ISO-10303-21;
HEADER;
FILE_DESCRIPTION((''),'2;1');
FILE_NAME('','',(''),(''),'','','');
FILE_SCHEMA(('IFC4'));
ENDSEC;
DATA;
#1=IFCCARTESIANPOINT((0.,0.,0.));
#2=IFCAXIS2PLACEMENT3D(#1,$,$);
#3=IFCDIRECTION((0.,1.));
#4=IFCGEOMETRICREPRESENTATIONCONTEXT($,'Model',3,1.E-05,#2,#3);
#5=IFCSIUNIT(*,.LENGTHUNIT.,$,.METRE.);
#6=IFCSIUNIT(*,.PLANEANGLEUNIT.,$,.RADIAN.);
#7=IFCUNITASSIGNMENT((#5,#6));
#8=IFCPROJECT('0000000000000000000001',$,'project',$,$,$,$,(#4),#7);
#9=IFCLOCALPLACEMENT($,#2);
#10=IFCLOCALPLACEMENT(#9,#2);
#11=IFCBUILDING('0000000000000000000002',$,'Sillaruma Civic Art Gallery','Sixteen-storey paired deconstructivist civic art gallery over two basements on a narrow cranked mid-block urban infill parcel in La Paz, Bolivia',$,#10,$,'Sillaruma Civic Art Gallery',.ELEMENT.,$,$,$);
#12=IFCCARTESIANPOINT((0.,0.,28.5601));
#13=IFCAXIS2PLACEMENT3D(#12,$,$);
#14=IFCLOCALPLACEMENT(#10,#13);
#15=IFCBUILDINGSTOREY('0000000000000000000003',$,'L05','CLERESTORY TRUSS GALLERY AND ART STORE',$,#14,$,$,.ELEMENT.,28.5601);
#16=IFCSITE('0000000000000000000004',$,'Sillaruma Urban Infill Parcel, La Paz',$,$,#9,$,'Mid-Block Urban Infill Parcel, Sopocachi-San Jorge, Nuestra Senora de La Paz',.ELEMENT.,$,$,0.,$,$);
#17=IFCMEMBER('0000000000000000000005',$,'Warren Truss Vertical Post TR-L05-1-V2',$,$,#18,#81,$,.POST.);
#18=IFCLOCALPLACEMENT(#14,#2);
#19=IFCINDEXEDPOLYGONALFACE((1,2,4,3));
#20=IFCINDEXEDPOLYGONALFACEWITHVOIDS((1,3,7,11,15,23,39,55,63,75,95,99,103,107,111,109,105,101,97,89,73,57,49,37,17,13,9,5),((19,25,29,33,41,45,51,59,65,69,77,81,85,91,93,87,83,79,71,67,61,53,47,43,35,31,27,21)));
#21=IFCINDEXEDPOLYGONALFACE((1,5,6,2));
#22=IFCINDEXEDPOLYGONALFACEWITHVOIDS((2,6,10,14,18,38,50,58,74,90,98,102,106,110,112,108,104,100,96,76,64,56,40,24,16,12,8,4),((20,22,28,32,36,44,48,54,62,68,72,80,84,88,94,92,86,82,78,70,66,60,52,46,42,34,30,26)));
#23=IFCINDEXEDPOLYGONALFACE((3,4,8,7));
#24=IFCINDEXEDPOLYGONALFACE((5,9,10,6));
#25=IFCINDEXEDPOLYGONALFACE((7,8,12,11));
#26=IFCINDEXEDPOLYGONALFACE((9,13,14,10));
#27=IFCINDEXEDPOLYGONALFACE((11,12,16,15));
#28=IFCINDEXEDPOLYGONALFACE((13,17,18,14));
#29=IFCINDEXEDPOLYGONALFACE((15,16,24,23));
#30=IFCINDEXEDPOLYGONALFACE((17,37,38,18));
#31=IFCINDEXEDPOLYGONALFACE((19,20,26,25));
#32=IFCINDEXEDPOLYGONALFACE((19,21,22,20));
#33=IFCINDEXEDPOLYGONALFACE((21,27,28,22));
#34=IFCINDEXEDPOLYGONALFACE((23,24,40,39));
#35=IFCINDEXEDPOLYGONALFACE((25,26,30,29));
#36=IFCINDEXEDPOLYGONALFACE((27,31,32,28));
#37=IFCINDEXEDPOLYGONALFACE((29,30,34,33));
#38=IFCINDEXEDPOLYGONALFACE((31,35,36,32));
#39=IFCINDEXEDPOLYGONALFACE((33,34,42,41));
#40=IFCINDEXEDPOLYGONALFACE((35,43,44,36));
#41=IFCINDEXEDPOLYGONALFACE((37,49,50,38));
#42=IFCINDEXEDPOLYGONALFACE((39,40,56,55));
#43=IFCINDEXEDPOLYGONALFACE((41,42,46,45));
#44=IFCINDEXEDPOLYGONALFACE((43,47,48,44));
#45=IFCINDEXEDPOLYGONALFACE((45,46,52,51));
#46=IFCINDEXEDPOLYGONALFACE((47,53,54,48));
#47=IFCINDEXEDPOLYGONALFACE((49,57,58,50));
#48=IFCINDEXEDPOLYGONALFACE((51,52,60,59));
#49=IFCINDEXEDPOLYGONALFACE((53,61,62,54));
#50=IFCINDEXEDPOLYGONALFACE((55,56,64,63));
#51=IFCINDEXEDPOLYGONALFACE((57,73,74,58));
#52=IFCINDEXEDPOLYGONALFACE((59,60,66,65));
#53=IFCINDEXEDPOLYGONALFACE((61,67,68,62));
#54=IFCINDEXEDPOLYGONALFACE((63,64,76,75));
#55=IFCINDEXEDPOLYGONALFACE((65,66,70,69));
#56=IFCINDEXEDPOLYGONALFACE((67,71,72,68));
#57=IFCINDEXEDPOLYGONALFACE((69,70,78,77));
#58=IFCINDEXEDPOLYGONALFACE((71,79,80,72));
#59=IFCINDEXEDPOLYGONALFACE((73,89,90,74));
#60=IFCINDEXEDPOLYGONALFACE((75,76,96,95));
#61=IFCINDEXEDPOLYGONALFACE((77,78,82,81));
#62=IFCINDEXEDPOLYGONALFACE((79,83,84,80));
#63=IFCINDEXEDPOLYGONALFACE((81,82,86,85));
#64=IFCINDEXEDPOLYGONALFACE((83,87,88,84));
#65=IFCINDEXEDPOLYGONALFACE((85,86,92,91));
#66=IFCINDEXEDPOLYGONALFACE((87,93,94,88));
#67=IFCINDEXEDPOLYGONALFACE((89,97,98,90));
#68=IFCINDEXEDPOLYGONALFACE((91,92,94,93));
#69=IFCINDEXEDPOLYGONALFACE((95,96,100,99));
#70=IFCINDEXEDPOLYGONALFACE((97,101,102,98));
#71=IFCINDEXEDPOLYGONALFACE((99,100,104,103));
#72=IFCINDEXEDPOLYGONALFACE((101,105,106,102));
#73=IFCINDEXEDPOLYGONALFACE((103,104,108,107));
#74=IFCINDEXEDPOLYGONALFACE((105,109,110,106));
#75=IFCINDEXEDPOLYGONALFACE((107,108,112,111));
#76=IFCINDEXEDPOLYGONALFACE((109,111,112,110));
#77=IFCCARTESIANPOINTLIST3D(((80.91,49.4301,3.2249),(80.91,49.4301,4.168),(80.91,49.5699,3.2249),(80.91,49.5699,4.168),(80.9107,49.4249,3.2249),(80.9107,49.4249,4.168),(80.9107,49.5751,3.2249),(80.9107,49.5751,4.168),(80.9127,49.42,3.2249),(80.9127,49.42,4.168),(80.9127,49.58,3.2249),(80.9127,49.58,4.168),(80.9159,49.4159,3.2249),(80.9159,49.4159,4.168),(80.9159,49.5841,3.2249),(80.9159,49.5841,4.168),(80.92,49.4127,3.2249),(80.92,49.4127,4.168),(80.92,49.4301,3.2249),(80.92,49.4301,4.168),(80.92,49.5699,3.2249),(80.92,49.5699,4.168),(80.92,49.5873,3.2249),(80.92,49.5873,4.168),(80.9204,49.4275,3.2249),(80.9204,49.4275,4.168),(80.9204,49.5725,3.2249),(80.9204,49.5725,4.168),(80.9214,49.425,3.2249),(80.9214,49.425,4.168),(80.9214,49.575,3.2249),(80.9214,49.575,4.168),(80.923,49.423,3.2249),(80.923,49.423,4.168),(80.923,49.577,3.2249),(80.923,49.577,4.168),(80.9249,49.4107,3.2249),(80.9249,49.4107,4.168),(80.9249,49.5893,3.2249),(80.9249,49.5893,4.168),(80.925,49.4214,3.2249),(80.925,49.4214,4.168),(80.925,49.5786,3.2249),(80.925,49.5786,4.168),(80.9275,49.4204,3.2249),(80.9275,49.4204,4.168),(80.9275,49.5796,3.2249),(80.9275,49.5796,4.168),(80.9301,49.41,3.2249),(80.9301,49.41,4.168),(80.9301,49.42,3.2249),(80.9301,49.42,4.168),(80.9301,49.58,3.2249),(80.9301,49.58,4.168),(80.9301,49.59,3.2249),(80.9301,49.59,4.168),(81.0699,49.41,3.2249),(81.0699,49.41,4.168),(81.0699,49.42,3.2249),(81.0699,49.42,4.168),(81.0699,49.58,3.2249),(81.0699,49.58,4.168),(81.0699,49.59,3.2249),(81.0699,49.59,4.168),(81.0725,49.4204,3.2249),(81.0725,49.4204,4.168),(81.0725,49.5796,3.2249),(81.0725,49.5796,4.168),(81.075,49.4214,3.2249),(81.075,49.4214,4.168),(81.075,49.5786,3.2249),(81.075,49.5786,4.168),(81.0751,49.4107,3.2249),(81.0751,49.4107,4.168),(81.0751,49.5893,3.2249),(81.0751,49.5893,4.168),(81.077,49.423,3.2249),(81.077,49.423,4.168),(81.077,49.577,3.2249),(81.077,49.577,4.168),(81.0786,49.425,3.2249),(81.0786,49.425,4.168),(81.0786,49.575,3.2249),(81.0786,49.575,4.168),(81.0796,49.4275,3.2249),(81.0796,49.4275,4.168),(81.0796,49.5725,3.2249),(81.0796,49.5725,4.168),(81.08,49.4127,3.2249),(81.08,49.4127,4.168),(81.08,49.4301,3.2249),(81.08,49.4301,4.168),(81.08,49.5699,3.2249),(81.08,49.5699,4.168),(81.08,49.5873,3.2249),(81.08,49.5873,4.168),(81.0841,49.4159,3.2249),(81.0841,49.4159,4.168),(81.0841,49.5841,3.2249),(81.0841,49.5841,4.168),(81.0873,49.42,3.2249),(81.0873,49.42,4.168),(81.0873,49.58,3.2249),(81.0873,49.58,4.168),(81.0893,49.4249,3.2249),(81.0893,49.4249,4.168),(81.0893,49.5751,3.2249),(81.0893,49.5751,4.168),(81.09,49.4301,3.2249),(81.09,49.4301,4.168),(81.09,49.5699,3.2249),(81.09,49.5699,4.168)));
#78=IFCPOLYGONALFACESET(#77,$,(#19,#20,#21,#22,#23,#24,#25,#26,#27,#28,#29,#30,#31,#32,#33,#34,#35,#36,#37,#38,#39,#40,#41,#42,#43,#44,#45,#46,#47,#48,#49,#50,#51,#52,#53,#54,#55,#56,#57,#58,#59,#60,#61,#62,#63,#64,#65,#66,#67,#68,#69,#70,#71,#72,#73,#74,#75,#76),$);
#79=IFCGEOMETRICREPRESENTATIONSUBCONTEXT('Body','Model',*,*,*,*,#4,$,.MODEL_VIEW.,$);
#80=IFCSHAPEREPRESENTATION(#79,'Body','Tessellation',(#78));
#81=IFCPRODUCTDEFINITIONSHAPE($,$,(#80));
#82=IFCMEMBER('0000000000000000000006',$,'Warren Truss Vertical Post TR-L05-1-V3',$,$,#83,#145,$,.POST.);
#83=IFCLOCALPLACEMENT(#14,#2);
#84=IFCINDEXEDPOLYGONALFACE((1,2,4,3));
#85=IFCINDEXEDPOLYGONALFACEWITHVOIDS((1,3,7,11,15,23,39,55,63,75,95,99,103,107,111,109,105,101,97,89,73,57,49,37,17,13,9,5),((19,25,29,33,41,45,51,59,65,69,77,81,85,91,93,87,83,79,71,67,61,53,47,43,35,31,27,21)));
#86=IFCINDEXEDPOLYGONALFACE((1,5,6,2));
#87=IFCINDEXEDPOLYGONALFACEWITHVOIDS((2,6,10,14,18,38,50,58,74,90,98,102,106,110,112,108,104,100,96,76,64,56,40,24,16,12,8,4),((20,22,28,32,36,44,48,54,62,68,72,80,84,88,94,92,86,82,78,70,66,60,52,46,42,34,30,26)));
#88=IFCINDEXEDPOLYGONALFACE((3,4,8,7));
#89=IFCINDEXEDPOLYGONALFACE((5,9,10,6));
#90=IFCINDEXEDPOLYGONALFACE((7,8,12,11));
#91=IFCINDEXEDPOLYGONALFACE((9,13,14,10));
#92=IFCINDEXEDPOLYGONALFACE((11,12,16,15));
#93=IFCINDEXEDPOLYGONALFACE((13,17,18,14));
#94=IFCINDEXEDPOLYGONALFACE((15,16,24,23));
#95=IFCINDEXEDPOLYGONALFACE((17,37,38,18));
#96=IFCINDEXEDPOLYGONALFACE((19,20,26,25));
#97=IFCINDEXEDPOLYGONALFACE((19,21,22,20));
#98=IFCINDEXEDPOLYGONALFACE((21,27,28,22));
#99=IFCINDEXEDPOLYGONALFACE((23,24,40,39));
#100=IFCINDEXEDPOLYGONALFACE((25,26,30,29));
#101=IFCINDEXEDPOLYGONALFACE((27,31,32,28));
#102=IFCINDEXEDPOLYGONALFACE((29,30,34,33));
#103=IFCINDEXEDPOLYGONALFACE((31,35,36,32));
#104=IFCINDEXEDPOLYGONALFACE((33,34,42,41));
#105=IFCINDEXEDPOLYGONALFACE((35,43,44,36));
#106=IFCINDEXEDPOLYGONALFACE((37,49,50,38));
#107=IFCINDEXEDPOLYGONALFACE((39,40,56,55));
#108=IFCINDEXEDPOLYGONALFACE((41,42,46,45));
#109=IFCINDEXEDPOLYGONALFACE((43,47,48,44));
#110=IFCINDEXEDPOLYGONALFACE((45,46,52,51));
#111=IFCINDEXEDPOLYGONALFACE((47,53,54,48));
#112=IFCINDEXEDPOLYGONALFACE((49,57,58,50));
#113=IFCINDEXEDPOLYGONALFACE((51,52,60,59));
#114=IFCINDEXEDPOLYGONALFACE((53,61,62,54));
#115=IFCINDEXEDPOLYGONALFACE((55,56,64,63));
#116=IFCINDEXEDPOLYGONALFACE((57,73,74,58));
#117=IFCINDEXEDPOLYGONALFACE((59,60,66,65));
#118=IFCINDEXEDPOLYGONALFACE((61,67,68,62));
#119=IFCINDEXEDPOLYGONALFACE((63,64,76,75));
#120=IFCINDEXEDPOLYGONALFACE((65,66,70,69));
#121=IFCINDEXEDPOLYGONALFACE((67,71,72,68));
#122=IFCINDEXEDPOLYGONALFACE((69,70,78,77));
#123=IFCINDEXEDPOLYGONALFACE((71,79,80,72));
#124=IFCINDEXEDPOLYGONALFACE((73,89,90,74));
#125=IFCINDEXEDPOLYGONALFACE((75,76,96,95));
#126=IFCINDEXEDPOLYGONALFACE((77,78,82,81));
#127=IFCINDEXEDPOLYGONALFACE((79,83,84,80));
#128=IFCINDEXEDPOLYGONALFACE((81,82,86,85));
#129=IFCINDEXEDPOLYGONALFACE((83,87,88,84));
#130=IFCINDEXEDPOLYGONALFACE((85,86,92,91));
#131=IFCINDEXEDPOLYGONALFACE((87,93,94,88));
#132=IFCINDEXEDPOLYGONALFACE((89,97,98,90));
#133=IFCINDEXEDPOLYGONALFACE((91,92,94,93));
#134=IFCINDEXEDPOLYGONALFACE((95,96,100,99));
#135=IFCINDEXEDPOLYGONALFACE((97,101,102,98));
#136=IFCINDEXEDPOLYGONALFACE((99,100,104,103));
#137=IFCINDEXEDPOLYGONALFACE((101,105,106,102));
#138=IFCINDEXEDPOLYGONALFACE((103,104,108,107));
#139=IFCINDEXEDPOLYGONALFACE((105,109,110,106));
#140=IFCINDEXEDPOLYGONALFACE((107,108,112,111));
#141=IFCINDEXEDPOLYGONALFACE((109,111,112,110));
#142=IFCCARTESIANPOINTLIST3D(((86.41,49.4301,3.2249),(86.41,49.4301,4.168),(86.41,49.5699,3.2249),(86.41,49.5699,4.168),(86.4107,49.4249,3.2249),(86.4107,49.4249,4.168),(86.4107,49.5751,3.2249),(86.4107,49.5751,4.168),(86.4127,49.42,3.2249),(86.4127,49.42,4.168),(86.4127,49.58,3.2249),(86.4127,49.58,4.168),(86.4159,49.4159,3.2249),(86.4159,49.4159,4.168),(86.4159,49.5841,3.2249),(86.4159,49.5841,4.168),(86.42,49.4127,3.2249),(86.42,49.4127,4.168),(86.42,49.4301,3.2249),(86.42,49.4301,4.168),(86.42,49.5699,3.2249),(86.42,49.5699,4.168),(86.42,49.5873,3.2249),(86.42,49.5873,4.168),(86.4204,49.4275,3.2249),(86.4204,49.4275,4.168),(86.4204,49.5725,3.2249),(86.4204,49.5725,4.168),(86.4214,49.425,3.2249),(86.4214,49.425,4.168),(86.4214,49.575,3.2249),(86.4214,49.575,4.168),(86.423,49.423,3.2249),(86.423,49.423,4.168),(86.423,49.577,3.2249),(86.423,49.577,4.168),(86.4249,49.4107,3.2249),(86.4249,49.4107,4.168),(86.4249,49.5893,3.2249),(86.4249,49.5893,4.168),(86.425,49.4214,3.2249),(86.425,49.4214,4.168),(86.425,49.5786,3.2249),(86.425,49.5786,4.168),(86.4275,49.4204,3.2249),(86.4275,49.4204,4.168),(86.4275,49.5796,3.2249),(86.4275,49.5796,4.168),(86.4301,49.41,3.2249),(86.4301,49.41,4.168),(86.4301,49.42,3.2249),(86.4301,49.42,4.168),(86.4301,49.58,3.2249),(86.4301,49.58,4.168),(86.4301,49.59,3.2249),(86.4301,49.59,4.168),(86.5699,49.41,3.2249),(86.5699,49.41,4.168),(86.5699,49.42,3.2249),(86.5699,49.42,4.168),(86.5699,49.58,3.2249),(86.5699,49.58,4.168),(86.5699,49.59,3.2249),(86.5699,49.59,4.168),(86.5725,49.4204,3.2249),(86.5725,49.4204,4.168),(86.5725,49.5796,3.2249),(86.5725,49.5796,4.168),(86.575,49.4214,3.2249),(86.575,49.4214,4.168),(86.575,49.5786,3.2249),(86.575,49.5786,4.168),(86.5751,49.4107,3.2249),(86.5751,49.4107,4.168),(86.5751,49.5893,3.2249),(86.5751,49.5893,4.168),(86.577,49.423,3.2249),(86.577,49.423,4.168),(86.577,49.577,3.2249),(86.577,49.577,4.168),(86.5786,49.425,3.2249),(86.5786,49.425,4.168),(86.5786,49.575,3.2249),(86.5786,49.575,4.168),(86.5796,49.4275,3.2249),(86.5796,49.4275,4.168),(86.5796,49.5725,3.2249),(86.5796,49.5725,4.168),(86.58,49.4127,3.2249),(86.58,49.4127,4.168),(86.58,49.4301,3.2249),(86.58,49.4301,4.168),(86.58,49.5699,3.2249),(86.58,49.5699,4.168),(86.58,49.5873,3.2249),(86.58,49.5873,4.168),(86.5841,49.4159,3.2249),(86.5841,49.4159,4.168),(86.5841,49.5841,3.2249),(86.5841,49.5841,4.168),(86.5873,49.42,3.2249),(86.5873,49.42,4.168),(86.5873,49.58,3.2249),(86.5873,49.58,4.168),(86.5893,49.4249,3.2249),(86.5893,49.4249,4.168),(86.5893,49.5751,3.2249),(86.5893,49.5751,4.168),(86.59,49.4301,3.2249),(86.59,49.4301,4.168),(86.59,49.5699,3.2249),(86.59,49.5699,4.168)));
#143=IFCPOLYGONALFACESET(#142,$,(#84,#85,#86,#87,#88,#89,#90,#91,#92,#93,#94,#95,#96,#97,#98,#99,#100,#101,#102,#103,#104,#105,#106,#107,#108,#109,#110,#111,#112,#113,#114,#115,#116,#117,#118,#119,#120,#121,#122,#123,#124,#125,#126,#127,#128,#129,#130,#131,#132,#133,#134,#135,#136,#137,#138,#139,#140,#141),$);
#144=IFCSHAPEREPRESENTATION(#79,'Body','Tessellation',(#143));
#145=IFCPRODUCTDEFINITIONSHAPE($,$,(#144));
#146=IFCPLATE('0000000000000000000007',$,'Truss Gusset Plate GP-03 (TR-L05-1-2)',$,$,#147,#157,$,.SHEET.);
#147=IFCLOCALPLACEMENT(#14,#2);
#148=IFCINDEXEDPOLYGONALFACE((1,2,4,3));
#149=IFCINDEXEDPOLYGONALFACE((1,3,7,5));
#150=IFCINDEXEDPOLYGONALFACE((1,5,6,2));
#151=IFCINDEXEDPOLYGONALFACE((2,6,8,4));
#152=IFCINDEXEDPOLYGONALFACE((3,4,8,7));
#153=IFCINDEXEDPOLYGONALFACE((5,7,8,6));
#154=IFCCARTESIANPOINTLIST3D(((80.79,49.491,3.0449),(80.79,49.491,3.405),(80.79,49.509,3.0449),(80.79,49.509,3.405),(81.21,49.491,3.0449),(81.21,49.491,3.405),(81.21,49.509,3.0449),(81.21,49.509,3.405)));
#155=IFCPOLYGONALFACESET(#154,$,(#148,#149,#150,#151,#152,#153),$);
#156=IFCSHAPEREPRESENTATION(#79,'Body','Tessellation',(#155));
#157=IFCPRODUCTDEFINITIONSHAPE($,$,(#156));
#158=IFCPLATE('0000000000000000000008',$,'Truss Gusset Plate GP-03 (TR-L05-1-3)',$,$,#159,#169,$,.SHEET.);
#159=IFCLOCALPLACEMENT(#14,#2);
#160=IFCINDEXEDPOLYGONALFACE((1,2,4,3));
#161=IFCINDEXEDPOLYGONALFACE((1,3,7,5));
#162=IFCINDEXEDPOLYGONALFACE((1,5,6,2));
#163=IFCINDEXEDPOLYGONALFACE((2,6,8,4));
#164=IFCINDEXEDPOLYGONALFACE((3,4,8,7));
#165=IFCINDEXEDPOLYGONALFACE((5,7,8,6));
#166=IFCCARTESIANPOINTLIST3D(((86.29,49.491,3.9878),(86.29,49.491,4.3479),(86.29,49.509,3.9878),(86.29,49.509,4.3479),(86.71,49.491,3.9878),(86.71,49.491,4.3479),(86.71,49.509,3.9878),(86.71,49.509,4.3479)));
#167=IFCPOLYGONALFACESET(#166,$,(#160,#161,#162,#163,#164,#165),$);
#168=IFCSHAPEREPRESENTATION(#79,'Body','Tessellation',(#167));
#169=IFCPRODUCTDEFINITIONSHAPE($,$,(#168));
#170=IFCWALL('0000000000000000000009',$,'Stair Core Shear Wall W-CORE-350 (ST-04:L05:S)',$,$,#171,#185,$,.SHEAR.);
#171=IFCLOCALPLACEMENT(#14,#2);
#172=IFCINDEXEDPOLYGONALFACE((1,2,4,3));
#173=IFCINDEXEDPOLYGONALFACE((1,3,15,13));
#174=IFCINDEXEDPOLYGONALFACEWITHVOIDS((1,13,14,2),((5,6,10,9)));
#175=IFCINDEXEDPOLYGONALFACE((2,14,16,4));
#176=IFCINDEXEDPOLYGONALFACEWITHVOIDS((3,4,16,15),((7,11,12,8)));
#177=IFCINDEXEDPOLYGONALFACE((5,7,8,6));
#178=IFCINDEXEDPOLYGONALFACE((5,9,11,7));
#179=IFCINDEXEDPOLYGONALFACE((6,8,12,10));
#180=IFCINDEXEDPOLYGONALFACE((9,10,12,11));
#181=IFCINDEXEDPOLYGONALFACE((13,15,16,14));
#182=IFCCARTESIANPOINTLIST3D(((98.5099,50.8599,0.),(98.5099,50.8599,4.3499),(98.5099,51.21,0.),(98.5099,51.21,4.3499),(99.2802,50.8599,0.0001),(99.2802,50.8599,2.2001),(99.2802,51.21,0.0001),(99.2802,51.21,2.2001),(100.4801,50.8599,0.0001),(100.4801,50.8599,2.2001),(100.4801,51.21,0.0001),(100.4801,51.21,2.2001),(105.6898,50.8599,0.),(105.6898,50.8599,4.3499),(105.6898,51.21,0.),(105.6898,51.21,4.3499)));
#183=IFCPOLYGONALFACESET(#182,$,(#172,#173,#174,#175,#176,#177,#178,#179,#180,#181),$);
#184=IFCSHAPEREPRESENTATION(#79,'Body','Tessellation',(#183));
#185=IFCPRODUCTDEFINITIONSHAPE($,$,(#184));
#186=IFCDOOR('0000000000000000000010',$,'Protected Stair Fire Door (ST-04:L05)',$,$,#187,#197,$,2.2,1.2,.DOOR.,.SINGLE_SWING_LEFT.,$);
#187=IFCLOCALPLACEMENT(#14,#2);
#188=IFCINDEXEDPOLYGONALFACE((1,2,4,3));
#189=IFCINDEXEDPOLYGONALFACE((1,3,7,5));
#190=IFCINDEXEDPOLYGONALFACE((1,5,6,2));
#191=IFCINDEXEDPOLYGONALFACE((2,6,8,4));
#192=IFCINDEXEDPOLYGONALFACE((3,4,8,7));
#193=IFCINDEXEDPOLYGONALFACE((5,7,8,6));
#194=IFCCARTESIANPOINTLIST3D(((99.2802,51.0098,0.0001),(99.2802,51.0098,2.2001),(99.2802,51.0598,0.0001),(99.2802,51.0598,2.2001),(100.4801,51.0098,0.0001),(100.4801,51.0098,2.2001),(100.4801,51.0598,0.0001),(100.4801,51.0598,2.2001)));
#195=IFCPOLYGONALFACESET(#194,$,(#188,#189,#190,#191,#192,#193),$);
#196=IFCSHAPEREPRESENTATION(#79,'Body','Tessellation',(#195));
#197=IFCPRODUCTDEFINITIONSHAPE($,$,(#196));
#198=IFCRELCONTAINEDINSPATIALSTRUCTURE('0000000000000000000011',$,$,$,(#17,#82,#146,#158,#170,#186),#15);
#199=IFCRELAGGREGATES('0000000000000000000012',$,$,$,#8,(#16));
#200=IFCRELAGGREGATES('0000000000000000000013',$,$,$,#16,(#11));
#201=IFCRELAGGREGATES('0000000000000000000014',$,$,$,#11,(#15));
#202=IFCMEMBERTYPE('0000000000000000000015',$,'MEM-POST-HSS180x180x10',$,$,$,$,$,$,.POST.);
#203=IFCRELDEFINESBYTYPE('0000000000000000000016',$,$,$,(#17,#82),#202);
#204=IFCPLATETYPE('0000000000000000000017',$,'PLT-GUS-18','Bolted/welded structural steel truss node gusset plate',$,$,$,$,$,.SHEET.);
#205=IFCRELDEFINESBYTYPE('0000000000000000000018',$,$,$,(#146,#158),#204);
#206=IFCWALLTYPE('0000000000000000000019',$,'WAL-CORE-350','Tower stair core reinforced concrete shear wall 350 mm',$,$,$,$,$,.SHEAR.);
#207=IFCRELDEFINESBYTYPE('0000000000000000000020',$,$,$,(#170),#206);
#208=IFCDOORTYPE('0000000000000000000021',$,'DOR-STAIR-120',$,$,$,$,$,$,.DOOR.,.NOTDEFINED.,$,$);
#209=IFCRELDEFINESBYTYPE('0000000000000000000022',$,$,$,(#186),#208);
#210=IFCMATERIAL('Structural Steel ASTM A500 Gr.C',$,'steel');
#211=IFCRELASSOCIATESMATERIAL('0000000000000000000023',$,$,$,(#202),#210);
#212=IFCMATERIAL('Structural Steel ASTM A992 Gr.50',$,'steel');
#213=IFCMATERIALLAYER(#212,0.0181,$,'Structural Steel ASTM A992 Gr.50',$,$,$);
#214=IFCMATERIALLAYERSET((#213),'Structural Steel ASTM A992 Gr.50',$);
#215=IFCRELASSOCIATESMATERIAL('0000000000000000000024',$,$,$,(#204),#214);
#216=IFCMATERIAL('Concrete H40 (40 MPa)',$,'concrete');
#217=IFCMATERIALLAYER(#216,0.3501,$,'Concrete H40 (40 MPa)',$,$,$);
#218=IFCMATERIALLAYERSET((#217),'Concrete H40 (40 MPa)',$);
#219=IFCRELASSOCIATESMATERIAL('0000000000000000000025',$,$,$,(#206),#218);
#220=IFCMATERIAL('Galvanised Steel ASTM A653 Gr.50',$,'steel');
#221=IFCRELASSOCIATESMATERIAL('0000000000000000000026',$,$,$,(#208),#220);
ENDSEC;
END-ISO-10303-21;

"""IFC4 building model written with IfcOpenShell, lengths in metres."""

from ifc_helpers import new_model, si_unit, direction, frame, frame_2d, origin, origin_2d, place, context, subcontext, project, spatial, rectangle, hollow_rectangle, extrude, material, layer, layer_set, material_profile, profile_set, type_object, element, fill, save


model = new_model("IFC4")

# Units and contexts
model_context = context("Model", 3, precision=1e-05, world=origin(), true_north=direction((0.0, 1.0)))
body_context = subcontext(model_context, "Body", "Model", "MODEL_VIEW")
ifc_project = project(units=[si_unit("LENGTHUNIT", "METRE"), si_unit("PLANEANGLEUNIT", "RADIAN")], contexts=[model_context])

# Site, building, storey
site_placement = place(None, origin())
site = spatial("IfcSite", under=ifc_project, at=site_placement, Name="Sillaruma Urban Infill Parcel, La Paz", LongName="Mid-Block Urban Infill Parcel, Sopocachi-San Jorge, Nuestra Senora de La Paz", CompositionType="ELEMENT", RefElevation=0.0)
building_placement = place(site_placement, origin())
building = spatial("IfcBuilding", under=site, at=building_placement, Name="Sillaruma Civic Art Gallery", Description="Sixteen-storey paired deconstructivist civic art gallery over two basements on a narrow cranked mid-block urban infill parcel in La Paz, Bolivia", LongName="Sillaruma Civic Art Gallery", CompositionType="ELEMENT")
storey_placement = place(building_placement, frame((0.0, 0.0, 28.5601)))
storey = spatial("IfcBuildingStorey", under=building, at=storey_placement, Name="L05", Description="CLERESTORY TRUSS GALLERY AND ART STORE", CompositionType="ELEMENT", Elevation=28.5601)

# Shared definitions
ifc_material_1 = material(Name="Concrete H40 (40 MPa)", Category="concrete")

# Shared definitions
ifc_material_2 = material(Name="Structural Steel ASTM A500 Gr.C", Category="steel")
ifc_material_3 = material(Name="Structural Steel ASTM A992 Gr.50", Category="steel")

# Members
ifc_material_profile_1 = material_profile(ifc_material_2, hollow_rectangle(XDim=0.1799, YDim=0.1799, WallThickness=0.01, InnerFilletRadius=0.01, OuterFilletRadius=0.02, at=origin_2d()), Name="HSS180x180x10")
ifc_profile_set_1 = profile_set([ifc_material_profile_1], Name="Structural Steel ASTM A500 Gr.C")
member_type_1 = type_object("IfcMemberType", Name="MEM-POST-HSS180x180x10", PredefinedType="POST", material=ifc_profile_set_1)
for number, where, z_axis, x_axis, name in (
    (1, (81.0, 49.5, 3.2249), (0.0, 0.0, 1.0), (1.0, 0.0, 0.0), "Warren Truss Vertical Post TR-L05-1-V2"),
    (2, (86.5, 49.5, 3.2249), (0.0, 0.0, 1.0), (1.0, 0.0, 0.0), "Warren Truss Vertical Post TR-L05-1-V3"),
):
    element("IfcMember", number, at=place(storey_placement, frame(where, z_axis=z_axis, x_axis=x_axis)), inside=storey, type_object=member_type_1, Name=name, PredefinedType="POST", context=body_context, shape_type="SweptSolid", body=[
        extrude(hollow_rectangle(XDim=0.1799, YDim=0.1799, WallThickness=0.01, InnerFilletRadius=0.01, OuterFilletRadius=0.02, at=origin_2d()), origin(), (0.0, 0.0, 1.0), 0.9431),
    ])

# Plates
ifc_layer_1 = layer(ifc_material_3, 0.0181, Name="Structural Steel ASTM A992 Gr.50")
ifc_layer_set_1 = layer_set([ifc_layer_1], Name="Structural Steel ASTM A992 Gr.50")
plate_type = type_object("IfcPlateType", Name="PLT-GUS-18", Description="Bolted/welded structural steel truss node gusset plate", PredefinedType="SHEET", material=ifc_layer_set_1)
for number, where, z_axis, x_axis, name in (
    (3, (81.0, 49.5, 3.0449), (0.0, 0.0, 1.0), (1.0, 0.0, 0.0), "Truss Gusset Plate GP-03 (TR-L05-1-2)"),
    (4, (86.5, 49.5, 3.9878), (0.0, 0.0, 1.0), (1.0, 0.0, 0.0), "Truss Gusset Plate GP-03 (TR-L05-1-3)"),
):
    element("IfcPlate", number, at=place(storey_placement, frame(where, z_axis=z_axis, x_axis=x_axis)), inside=storey, type_object=plate_type, Name=name, PredefinedType="SHEET", context=body_context, shape_type="SweptSolid", body=[
        extrude(rectangle(XDim=0.4199, YDim=0.0181, at=origin_2d()), origin(), (0.0, 0.0, 1.0), 0.3601),
    ])

# Wall, opening, door
ifc_layer_2 = layer(ifc_material_1, 0.3501, Name="Concrete H40 (40 MPa)")
ifc_layer_set_2 = layer_set([ifc_layer_2], Name="Concrete H40 (40 MPa)")
wall_type = type_object("IfcWallType", Name="WAL-CORE-350", Description="Tower stair core reinforced concrete shear wall 350 mm", PredefinedType="SHEAR", material=ifc_layer_set_2)
wall_1_placement = place(storey_placement, frame((98.51, 51.0349, 0.0), z_axis=(0.0, 0.0, 1.0), x_axis=(1.0, 0.0, 0.0)))
wall_1 = element("IfcWall", 5, at=wall_1_placement, inside=storey, type_object=wall_type, Name="Stair Core Shear Wall W-CORE-350 (ST-04:L05:S)", PredefinedType="SHEAR", context=body_context, shape_type="SweptSolid", body=[
    extrude(rectangle(XDim=7.1799, YDim=0.3501, at=frame_2d((3.5898, 0.0))), origin(), (0.0, 0.0, 1.0), 4.3499),
])
opening_placement = place(wall_1_placement, frame((0.77, 0.0, 0.0)))
opening = element("IfcOpeningElement", 6, at=opening_placement, cuts=wall_1, PredefinedType="OPENING", context=body_context, shape_type="SweptSolid", body=[
    extrude(rectangle(XDim=1.2, YDim=2.2, at=frame_2d((0.6001, 1.1001))), frame((0.0, 0.1851, 0.0), z_axis=(0.0, -1.0, 0.0), x_axis=(1.0, 0.0, 0.0)), (0.0, 0.0, 1.0), 0.3701),
])
ifc_material_4 = material(Name="Galvanised Steel ASTM A653 Gr.50", Category="steel")
door_type = type_object("IfcDoorType", Name="DOR-STAIR-120", OperationType="NOTDEFINED", PredefinedType="DOOR", material=ifc_material_4)
door_placement = place(opening_placement, origin())
door = element("IfcDoor", 7, at=door_placement, inside=storey, type_object=door_type, Name="Protected Stair Fire Door (ST-04:L05)", OperationType="SINGLE_SWING_LEFT", OverallHeight=2.2, OverallWidth=1.2, PredefinedType="DOOR", context=body_context, shape_type="SweptSolid", body=[
    extrude(rectangle(XDim=1.2, YDim=2.2, at=frame_2d((0.6001, 1.1001))), frame((0.0, 0.0249, 0.0), z_axis=(0.0, -1.0, 0.0), x_axis=(1.0, 0.0, 0.0)), (0.0, 0.0, 1.0), 0.05),
])
fill(opening, door)

save(model, "model.ifc")
